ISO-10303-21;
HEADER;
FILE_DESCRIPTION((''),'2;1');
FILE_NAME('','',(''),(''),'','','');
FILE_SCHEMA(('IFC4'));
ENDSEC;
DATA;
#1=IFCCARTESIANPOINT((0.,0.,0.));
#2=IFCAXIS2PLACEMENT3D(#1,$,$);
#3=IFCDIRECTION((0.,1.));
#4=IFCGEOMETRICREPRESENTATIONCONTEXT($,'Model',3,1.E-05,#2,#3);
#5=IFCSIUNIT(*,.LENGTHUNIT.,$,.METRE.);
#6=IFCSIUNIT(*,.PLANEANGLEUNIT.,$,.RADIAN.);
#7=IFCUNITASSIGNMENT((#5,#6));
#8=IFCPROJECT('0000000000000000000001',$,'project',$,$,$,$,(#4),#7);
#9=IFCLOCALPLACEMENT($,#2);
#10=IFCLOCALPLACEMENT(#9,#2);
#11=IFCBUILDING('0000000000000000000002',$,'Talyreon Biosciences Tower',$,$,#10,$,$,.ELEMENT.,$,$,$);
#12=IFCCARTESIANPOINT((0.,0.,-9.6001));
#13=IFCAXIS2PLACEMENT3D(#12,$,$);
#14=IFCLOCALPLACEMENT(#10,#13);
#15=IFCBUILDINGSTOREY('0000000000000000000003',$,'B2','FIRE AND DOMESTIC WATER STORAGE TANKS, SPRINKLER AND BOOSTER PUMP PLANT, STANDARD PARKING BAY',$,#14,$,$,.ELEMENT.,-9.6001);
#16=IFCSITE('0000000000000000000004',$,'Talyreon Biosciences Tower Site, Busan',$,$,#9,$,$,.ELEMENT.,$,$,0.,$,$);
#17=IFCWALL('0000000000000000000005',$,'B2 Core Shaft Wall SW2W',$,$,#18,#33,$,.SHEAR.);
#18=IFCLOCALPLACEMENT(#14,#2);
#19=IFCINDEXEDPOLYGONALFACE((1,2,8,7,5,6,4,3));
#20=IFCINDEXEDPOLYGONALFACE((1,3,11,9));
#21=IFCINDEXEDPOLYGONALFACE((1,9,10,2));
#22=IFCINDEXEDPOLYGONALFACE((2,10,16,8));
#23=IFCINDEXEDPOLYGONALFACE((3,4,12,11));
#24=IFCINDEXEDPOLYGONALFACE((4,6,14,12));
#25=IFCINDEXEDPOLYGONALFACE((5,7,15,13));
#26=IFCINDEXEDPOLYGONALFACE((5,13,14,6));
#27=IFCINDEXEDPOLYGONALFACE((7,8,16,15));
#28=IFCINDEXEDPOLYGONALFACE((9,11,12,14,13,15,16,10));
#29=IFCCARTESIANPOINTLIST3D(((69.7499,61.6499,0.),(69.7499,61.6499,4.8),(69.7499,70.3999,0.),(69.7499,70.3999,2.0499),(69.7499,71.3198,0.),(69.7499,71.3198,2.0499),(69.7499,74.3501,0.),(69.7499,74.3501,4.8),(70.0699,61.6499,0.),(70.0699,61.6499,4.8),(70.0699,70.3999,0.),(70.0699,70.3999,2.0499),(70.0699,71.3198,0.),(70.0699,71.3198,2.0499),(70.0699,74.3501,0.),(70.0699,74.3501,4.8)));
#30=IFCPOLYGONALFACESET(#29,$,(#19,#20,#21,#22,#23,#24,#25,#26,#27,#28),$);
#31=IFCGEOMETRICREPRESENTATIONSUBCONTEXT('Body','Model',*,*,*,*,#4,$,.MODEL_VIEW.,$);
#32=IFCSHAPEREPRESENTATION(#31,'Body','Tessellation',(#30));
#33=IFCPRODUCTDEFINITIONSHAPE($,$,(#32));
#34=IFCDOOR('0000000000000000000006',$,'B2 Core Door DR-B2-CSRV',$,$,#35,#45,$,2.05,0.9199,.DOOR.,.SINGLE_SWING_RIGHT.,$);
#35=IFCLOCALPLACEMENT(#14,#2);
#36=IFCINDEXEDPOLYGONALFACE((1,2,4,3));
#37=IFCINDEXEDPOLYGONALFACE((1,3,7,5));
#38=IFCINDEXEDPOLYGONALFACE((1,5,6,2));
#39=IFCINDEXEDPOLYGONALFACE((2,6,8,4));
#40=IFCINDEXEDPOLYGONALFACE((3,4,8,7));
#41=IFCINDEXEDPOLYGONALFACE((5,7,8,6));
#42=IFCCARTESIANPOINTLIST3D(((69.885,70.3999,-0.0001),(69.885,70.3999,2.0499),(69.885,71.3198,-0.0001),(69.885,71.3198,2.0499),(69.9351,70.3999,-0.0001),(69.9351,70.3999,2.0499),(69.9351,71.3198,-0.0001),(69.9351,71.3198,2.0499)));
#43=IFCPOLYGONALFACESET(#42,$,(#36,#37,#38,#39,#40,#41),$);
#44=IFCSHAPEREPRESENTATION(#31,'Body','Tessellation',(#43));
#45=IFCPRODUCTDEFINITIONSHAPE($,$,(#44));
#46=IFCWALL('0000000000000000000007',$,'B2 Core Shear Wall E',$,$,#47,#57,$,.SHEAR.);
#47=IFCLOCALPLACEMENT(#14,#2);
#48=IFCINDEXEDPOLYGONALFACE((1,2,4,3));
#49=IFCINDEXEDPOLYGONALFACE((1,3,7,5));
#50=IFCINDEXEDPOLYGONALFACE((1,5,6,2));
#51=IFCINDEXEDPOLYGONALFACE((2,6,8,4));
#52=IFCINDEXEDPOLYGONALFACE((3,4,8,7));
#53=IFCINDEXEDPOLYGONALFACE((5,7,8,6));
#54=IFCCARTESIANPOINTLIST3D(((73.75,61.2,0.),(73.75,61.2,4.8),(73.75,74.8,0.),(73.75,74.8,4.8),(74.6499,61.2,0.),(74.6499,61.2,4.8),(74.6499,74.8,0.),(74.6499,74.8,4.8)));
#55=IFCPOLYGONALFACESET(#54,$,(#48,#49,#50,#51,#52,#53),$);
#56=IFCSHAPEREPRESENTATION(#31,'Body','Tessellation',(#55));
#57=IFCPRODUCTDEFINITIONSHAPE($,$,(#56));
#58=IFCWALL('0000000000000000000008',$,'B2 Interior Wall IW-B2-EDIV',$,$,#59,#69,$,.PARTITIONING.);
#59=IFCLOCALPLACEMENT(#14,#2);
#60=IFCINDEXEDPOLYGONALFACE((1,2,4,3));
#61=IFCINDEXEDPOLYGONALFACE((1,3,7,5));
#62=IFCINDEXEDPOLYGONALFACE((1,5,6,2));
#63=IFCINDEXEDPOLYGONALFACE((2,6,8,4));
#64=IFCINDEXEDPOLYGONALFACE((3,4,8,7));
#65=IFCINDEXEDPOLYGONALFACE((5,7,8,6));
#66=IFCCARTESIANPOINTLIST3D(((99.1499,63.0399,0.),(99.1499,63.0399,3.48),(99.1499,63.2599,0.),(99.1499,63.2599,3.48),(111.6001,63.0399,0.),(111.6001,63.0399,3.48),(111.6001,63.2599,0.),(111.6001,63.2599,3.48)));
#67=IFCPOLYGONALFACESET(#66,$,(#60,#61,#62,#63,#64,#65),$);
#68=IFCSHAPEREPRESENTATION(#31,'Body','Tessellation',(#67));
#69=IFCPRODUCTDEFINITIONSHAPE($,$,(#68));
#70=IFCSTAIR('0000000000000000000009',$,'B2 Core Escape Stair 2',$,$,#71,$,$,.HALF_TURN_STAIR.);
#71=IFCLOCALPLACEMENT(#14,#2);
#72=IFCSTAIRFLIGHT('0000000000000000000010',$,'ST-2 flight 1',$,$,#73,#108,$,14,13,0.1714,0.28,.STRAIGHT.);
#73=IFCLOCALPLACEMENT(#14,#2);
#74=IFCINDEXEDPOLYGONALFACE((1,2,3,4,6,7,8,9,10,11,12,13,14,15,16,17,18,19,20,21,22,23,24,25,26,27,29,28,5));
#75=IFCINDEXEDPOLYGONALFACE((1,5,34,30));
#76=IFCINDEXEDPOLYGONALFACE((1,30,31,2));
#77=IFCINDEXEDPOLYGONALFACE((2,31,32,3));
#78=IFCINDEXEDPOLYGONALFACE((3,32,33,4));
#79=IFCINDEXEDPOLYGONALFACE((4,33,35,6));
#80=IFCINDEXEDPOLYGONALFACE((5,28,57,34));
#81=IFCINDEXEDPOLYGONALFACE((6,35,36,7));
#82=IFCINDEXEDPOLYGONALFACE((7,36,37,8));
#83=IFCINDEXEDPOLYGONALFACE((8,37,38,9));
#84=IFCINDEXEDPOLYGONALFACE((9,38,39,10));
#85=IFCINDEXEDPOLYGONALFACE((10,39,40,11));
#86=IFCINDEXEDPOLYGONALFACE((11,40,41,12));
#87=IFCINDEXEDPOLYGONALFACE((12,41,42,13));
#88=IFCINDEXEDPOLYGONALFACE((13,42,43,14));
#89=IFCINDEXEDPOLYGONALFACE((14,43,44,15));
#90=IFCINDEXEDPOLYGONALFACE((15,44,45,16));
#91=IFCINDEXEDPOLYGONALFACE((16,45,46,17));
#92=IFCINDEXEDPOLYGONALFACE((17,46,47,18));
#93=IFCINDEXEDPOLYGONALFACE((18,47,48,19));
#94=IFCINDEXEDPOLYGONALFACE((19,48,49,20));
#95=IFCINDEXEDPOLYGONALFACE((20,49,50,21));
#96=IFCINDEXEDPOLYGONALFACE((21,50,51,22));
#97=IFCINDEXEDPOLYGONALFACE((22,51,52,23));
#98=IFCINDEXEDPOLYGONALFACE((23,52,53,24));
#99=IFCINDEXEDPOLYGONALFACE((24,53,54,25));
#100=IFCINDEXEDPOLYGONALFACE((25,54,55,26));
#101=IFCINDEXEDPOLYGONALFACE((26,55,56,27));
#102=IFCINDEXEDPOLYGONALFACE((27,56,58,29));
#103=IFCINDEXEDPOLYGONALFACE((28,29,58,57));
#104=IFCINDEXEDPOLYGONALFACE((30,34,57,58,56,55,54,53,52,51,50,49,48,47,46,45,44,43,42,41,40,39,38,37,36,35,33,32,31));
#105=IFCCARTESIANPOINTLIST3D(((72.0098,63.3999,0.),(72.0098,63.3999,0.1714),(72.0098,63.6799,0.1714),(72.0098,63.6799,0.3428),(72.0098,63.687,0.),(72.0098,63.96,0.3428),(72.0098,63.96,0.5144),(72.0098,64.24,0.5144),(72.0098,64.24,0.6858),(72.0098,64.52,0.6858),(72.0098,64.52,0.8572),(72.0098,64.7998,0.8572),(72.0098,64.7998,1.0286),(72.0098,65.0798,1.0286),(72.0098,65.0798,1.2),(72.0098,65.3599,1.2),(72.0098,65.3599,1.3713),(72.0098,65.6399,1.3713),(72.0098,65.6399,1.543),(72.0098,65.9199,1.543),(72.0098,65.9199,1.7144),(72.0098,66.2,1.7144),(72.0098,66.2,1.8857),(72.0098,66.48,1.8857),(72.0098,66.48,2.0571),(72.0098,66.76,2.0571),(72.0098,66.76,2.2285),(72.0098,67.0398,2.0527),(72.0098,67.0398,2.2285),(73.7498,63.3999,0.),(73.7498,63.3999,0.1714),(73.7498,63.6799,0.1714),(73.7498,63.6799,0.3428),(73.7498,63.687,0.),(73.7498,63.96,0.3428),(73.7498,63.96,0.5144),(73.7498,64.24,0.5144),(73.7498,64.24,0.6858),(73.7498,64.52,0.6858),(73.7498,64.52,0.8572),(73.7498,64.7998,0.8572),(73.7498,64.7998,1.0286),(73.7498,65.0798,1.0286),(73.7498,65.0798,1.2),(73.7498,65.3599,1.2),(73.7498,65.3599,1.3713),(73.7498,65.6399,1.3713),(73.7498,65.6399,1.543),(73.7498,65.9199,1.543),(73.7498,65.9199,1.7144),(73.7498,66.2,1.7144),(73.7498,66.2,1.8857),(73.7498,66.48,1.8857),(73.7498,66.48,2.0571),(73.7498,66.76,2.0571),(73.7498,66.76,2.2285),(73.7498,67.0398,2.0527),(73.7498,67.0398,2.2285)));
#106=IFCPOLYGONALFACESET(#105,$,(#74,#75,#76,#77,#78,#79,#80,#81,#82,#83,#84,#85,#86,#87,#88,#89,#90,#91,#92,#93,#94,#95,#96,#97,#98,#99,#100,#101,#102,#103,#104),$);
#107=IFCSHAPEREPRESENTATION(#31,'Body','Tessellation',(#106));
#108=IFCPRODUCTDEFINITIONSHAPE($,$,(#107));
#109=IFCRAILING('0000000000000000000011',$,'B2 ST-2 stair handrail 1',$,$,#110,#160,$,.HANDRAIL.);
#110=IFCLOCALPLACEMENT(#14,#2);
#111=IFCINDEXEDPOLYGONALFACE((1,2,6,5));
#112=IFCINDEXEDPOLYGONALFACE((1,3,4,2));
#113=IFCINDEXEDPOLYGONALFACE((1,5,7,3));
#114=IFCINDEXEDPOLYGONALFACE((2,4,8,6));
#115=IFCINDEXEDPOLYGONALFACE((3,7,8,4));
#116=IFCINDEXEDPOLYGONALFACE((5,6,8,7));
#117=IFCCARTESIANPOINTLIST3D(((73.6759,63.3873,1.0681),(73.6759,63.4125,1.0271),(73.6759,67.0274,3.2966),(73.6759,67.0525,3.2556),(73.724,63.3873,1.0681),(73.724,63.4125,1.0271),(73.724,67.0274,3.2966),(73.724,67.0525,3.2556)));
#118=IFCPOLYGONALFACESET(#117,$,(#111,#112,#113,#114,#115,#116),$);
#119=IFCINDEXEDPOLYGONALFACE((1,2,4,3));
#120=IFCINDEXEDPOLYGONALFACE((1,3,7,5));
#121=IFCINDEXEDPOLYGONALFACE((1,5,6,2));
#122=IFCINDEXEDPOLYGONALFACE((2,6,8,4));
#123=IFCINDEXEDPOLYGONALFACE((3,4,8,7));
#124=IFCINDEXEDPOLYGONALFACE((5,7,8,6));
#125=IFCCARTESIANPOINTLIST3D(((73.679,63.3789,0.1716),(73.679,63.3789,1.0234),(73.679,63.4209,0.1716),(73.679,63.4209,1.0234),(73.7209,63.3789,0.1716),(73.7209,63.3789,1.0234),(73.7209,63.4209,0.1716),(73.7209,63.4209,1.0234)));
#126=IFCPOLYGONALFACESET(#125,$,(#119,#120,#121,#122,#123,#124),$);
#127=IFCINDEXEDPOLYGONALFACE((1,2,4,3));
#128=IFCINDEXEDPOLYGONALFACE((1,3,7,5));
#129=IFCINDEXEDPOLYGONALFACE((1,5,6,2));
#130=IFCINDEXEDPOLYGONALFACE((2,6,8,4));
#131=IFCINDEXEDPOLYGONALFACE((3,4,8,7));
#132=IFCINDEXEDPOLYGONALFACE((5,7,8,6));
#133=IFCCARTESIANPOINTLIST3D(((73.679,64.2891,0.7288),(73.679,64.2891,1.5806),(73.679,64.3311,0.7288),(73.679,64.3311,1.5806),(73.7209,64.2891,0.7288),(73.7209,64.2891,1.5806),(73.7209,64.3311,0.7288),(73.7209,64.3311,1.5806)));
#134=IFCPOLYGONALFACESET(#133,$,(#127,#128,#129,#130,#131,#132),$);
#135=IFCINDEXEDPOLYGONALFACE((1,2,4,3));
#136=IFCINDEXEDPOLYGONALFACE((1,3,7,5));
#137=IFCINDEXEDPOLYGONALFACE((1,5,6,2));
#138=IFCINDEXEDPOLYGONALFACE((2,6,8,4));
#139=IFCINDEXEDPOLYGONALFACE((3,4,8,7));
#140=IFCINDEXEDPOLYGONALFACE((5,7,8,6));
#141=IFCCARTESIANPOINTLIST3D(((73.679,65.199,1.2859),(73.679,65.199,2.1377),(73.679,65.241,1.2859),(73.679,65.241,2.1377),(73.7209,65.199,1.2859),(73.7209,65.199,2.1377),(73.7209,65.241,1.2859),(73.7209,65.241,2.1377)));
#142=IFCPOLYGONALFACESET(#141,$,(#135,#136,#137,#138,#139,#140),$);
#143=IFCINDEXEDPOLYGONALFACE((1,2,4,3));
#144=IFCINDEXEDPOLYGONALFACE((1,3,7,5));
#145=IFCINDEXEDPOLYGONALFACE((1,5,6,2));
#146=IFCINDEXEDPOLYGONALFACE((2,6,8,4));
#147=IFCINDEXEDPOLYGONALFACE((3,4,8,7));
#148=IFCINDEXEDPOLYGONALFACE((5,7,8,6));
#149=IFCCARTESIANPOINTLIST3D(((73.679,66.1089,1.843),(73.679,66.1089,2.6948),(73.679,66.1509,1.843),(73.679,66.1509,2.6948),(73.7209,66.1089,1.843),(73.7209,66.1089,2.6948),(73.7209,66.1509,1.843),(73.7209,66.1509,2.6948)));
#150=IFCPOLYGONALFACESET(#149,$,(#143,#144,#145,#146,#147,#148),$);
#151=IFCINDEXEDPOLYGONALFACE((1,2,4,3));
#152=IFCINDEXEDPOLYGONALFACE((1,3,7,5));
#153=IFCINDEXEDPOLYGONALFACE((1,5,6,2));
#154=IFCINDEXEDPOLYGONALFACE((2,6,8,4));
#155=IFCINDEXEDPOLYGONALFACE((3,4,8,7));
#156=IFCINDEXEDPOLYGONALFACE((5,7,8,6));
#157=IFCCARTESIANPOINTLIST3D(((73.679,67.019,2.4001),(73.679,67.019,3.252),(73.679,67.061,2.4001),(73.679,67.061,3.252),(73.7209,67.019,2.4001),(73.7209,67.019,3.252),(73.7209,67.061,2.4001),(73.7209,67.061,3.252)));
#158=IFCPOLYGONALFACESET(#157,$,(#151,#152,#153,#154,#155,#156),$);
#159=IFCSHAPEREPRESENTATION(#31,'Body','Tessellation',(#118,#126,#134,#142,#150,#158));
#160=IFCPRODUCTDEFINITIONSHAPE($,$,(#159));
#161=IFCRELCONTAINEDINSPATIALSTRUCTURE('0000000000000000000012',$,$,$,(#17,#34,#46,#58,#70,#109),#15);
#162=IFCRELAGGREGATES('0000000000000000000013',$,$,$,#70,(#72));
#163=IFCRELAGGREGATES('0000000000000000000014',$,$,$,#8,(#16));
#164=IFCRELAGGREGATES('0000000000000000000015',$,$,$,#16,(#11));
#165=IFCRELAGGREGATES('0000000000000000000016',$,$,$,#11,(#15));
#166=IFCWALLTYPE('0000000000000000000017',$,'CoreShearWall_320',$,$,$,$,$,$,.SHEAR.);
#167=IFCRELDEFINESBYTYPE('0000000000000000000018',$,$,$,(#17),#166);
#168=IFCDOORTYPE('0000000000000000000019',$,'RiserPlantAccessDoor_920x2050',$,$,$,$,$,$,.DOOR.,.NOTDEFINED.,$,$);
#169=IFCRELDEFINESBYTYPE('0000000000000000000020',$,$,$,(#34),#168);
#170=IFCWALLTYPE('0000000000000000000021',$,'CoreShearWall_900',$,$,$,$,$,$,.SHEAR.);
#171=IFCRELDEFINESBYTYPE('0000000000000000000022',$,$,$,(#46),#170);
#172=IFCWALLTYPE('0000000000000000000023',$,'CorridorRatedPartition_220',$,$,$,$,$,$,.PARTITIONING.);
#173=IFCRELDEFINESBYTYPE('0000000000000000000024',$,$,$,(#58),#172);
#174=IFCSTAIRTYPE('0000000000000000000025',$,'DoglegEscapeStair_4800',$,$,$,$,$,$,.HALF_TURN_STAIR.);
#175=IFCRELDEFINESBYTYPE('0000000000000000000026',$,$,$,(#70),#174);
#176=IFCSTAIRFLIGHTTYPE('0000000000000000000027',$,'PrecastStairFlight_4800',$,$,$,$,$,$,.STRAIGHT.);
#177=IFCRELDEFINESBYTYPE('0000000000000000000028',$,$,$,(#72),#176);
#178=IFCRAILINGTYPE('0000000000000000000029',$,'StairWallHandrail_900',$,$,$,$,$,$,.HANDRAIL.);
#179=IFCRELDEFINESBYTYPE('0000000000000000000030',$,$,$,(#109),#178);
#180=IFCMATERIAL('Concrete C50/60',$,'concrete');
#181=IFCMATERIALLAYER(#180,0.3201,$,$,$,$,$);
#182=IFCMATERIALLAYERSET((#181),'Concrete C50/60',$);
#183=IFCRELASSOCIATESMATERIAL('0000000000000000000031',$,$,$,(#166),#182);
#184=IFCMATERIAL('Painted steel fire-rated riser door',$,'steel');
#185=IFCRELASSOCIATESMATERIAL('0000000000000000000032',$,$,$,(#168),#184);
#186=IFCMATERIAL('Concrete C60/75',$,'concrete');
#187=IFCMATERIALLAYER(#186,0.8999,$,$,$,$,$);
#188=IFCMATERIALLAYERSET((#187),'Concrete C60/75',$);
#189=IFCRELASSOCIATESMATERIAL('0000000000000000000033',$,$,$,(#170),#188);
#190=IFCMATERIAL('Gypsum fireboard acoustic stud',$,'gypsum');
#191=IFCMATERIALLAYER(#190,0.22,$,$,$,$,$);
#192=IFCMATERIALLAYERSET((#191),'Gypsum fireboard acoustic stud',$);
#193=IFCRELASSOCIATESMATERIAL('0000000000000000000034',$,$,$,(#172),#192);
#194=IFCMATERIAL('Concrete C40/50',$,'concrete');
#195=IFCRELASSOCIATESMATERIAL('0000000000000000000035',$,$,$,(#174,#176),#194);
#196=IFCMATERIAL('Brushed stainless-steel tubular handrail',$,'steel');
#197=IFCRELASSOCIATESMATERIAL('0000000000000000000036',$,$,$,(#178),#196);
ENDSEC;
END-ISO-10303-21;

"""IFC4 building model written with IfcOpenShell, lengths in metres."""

from ifc_helpers import new_model, si_unit, direction, frame, frame_2d, origin, origin_2d, place, context, subcontext, project, spatial, polyline, rectangle, outline, extrude, material, layer, layer_set, type_object, element, fill, aggregate, save


model = new_model("IFC4")

# Units and contexts
model_context = context("Model", 3, precision=1e-05, world=origin(), true_north=direction((0.0, 1.0)))
body_context = subcontext(model_context, "Body", "Model", "MODEL_VIEW")
ifc_project = project(units=[si_unit("LENGTHUNIT", "METRE"), si_unit("PLANEANGLEUNIT", "RADIAN")], contexts=[model_context])

# Site, building, storey
site_placement = place(None, origin())
site = spatial("IfcSite", under=ifc_project, at=site_placement, Name="Talyreon Biosciences Tower Site, Busan", CompositionType="ELEMENT", RefElevation=0.0)
building_placement = place(site_placement, origin())
building = spatial("IfcBuilding", under=site, at=building_placement, Name="Talyreon Biosciences Tower", CompositionType="ELEMENT")
storey_placement = place(building_placement, frame((0.0, 0.0, -9.6001)))
storey = spatial("IfcBuildingStorey", under=building, at=storey_placement, Name="B2", Description="FIRE AND DOMESTIC WATER STORAGE TANKS, SPRINKLER AND BOOSTER PUMP PLANT, STANDARD PARKING BAY", CompositionType="ELEMENT", Elevation=-9.6001)

# Shared definitions
ifc_material_1 = material(Name="Concrete C50/60", Category="concrete")

# Shared definitions
ifc_material_2 = material(Name="Concrete C60/75", Category="concrete")

# Wall, opening, door
ifc_layer_1 = layer(ifc_material_1, 0.3201)
ifc_layer_set_1 = layer_set([ifc_layer_1], Name="Concrete C50/60")
wall_type_1 = type_object("IfcWallType", Name="CoreShearWall_320", PredefinedType="SHEAR", material=ifc_layer_set_1)
wall_1_placement = place(storey_placement, frame((69.9099, 61.6499, 0.0), z_axis=(0.0, 0.0, 1.0), x_axis=(0.0, 1.0, 0.0)))
wall_1 = element("IfcWall", 1, at=wall_1_placement, inside=storey, type_object=wall_type_1, Name="B2 Core Shaft Wall SW2W", PredefinedType="SHEAR", context=body_context, shape_type="SweptSolid", body=[
    extrude(rectangle(XDim=12.7002, YDim=0.3201, at=frame_2d((6.3501, 0.0))), origin(), (0.0, 0.0, 1.0), 4.8),
])
opening_placement = place(wall_1_placement, frame((8.75, 0.0, 0.0)))
opening = element("IfcOpeningElement", 2, at=opening_placement, cuts=wall_1, PredefinedType="OPENING", context=body_context, shape_type="SweptSolid", body=[
    extrude(rectangle(XDim=0.9199, YDim=2.05, at=frame_2d((0.46, 1.0249))), frame((0.0, 0.1699, 0.0), z_axis=(0.0, -1.0, 0.0), x_axis=(1.0, 0.0, 0.0)), (0.0, 0.0, 1.0), 0.3401),
])
ifc_material_3 = material(Name="Painted steel fire-rated riser door", Category="steel")
door_type = type_object("IfcDoorType", Name="RiserPlantAccessDoor_920x2050", OperationType="NOTDEFINED", PredefinedType="DOOR", material=ifc_material_3)
door_placement = place(opening_placement, origin())
door = element("IfcDoor", 3, at=door_placement, inside=storey, type_object=door_type, Name="B2 Core Door DR-B2-CSRV", OperationType="SINGLE_SWING_RIGHT", OverallHeight=2.05, OverallWidth=0.9199, PredefinedType="DOOR", context=body_context, shape_type="SweptSolid", body=[
    extrude(rectangle(XDim=0.9199, YDim=2.05, at=frame_2d((0.46, 1.0249))), frame((0.0, 0.0249, 0.0), z_axis=(0.0, -1.0, 0.0), x_axis=(1.0, 0.0, 0.0)), (0.0, 0.0, 1.0), 0.05),
])
fill(opening, door)

# Walls
ifc_layer_2 = layer(ifc_material_2, 0.8999)
ifc_layer_set_2 = layer_set([ifc_layer_2], Name="Concrete C60/75")
wall_type_2 = type_object("IfcWallType", Name="CoreShearWall_900", PredefinedType="SHEAR", material=ifc_layer_set_2)
wall_2_placement = place(storey_placement, frame((74.2, 61.2, 0.0), z_axis=(0.0, 0.0, 1.0), x_axis=(0.0, 1.0, 0.0)))
element("IfcWall", 4, at=wall_2_placement, inside=storey, type_object=wall_type_2, Name="B2 Core Shear Wall E", PredefinedType="SHEAR", context=body_context, shape_type="SweptSolid", body=[
    extrude(rectangle(XDim=13.6001, YDim=0.8999, at=frame_2d((6.8, 0.0))), origin(), (0.0, 0.0, 1.0), 4.8),
])
ifc_material_4 = material(Name="Gypsum fireboard acoustic stud", Category="gypsum")
ifc_layer_3 = layer(ifc_material_4, 0.22)
ifc_layer_set_3 = layer_set([ifc_layer_3], Name="Gypsum fireboard acoustic stud")
wall_type_3 = type_object("IfcWallType", Name="CorridorRatedPartition_220", PredefinedType="PARTITIONING", material=ifc_layer_set_3)
wall_3_placement = place(storey_placement, frame((99.1499, 63.1499, 0.0), z_axis=(0.0, 0.0, 1.0), x_axis=(1.0, 0.0, 0.0)))
element("IfcWall", 5, at=wall_3_placement, inside=storey, type_object=wall_type_3, Name="B2 Interior Wall IW-B2-EDIV", PredefinedType="PARTITIONING", context=body_context, shape_type="SweptSolid", body=[
    extrude(rectangle(XDim=12.4502, YDim=0.22, at=frame_2d((6.2251, 0.0))), origin(), (0.0, 0.0, 1.0), 3.48),
])

# Stair, stair flight
ifc_material_5 = material(Name="Concrete C40/50", Category="concrete")
stair_type = type_object("IfcStairType", Name="DoglegEscapeStair_4800", PredefinedType="HALF_TURN_STAIR", material=ifc_material_5)
stair_placement = place(storey_placement, origin())
stair = element("IfcStair", 6, at=stair_placement, inside=storey, type_object=stair_type, Name="B2 Core Escape Stair 2", PredefinedType="HALF_TURN_STAIR")
stair_flight_type = type_object("IfcStairFlightType", Name="PrecastStairFlight_4800", PredefinedType="STRAIGHT", material=ifc_material_5)
stair_flight_placement = place(storey_placement, frame((72.8799, 63.3999, 0.0), z_axis=(0.0, 0.0, 1.0), x_axis=(0.0, 1.0, 0.0)))
stair_flight = element("IfcStairFlight", 7, at=stair_flight_placement, type_object=stair_flight_type, Name="ST-2 flight 1", NumberOfRisers=14, NumberOfTreads=13, PredefinedType="STRAIGHT", RiserHeight=0.1714, TreadLength=0.28, context=body_context, shape_type="SweptSolid", body=[
    extrude(outline(polyline([(0.0, 0.0), (0.0, 0.1714), (0.28, 0.1714), (0.28, 0.3428), (0.5601, 0.3428), (0.5601, 0.5144), (0.8401, 0.5144), (0.8401, 0.6858), (1.1201, 0.6858), (1.1201, 0.8572), (1.3999, 0.8572), (1.3999, 1.0286), (1.6799, 1.0286), (1.6799, 1.2), (1.96, 1.2), (1.96, 1.3713), (2.24, 1.3713), (2.24, 1.543), (2.52, 1.543), (2.52, 1.7144), (2.8, 1.7144), (2.8, 1.8857), (3.0801, 1.8857), (3.0801, 2.0571), (3.3601, 2.0571), (3.3601, 2.2285), (3.6399, 2.2285), (3.6399, 2.3999), (3.6399, 2.0527), (0.2871, 0.0), (0.0, 0.0)])), frame((0.0, 0.8701, 0.0), z_axis=(0.0, -1.0, 0.0), x_axis=(1.0, 0.0, 0.0)), (0.0, 0.0, 1.0), 1.74),
])
aggregate(stair, [stair_flight])

# Railing
ifc_material_6 = material(Name="Brushed stainless-steel tubular handrail", Category="steel")
railing_type_1 = type_object("IfcRailingType", Name="StairWallHandrail_900", PredefinedType="HANDRAIL", material=ifc_material_6)
railing_1_placement = place(storey_placement, frame((73.7, 63.3999, 0.1716)))
element("IfcRailing", 8, at=railing_1_placement, inside=storey, type_object=railing_type_1, Name="B2 ST-2 stair handrail 1", PredefinedType="HANDRAIL", context=body_context, shape_type="SweptSolid", body=[
    extrude(rectangle(XDim=0.0481, YDim=0.0481, at=origin_2d()), frame((0.0, 0.0, 0.876), z_axis=(0.0, 0.852866, 0.52213), x_axis=(-1.0, 0.0, 0.0)), (0.0, 0.0, 1.0), 4.2681),
    extrude(rectangle(XDim=0.042, YDim=0.042, at=origin_2d()), origin(), (0.0, 0.0, 1.0), 0.8518),
    extrude(rectangle(XDim=0.042, YDim=0.042, at=origin_2d()), frame((0.0, 0.9102, 0.5571)), (0.0, 0.0, 1.0), 0.8518),
    extrude(rectangle(XDim=0.042, YDim=0.042, at=origin_2d()), frame((0.0, 1.8201, 1.1143)), (0.0, 0.0, 1.0), 0.8518),
    extrude(rectangle(XDim=0.042, YDim=0.042, at=origin_2d()), frame((0.0, 2.73, 1.6714)), (0.0, 0.0, 1.0), 0.8518),
    extrude(rectangle(XDim=0.042, YDim=0.042, at=origin_2d()), frame((0.0, 3.6401, 2.2285)), (0.0, 0.0, 1.0), 0.8518),
])

save(model, "model.ifc")
